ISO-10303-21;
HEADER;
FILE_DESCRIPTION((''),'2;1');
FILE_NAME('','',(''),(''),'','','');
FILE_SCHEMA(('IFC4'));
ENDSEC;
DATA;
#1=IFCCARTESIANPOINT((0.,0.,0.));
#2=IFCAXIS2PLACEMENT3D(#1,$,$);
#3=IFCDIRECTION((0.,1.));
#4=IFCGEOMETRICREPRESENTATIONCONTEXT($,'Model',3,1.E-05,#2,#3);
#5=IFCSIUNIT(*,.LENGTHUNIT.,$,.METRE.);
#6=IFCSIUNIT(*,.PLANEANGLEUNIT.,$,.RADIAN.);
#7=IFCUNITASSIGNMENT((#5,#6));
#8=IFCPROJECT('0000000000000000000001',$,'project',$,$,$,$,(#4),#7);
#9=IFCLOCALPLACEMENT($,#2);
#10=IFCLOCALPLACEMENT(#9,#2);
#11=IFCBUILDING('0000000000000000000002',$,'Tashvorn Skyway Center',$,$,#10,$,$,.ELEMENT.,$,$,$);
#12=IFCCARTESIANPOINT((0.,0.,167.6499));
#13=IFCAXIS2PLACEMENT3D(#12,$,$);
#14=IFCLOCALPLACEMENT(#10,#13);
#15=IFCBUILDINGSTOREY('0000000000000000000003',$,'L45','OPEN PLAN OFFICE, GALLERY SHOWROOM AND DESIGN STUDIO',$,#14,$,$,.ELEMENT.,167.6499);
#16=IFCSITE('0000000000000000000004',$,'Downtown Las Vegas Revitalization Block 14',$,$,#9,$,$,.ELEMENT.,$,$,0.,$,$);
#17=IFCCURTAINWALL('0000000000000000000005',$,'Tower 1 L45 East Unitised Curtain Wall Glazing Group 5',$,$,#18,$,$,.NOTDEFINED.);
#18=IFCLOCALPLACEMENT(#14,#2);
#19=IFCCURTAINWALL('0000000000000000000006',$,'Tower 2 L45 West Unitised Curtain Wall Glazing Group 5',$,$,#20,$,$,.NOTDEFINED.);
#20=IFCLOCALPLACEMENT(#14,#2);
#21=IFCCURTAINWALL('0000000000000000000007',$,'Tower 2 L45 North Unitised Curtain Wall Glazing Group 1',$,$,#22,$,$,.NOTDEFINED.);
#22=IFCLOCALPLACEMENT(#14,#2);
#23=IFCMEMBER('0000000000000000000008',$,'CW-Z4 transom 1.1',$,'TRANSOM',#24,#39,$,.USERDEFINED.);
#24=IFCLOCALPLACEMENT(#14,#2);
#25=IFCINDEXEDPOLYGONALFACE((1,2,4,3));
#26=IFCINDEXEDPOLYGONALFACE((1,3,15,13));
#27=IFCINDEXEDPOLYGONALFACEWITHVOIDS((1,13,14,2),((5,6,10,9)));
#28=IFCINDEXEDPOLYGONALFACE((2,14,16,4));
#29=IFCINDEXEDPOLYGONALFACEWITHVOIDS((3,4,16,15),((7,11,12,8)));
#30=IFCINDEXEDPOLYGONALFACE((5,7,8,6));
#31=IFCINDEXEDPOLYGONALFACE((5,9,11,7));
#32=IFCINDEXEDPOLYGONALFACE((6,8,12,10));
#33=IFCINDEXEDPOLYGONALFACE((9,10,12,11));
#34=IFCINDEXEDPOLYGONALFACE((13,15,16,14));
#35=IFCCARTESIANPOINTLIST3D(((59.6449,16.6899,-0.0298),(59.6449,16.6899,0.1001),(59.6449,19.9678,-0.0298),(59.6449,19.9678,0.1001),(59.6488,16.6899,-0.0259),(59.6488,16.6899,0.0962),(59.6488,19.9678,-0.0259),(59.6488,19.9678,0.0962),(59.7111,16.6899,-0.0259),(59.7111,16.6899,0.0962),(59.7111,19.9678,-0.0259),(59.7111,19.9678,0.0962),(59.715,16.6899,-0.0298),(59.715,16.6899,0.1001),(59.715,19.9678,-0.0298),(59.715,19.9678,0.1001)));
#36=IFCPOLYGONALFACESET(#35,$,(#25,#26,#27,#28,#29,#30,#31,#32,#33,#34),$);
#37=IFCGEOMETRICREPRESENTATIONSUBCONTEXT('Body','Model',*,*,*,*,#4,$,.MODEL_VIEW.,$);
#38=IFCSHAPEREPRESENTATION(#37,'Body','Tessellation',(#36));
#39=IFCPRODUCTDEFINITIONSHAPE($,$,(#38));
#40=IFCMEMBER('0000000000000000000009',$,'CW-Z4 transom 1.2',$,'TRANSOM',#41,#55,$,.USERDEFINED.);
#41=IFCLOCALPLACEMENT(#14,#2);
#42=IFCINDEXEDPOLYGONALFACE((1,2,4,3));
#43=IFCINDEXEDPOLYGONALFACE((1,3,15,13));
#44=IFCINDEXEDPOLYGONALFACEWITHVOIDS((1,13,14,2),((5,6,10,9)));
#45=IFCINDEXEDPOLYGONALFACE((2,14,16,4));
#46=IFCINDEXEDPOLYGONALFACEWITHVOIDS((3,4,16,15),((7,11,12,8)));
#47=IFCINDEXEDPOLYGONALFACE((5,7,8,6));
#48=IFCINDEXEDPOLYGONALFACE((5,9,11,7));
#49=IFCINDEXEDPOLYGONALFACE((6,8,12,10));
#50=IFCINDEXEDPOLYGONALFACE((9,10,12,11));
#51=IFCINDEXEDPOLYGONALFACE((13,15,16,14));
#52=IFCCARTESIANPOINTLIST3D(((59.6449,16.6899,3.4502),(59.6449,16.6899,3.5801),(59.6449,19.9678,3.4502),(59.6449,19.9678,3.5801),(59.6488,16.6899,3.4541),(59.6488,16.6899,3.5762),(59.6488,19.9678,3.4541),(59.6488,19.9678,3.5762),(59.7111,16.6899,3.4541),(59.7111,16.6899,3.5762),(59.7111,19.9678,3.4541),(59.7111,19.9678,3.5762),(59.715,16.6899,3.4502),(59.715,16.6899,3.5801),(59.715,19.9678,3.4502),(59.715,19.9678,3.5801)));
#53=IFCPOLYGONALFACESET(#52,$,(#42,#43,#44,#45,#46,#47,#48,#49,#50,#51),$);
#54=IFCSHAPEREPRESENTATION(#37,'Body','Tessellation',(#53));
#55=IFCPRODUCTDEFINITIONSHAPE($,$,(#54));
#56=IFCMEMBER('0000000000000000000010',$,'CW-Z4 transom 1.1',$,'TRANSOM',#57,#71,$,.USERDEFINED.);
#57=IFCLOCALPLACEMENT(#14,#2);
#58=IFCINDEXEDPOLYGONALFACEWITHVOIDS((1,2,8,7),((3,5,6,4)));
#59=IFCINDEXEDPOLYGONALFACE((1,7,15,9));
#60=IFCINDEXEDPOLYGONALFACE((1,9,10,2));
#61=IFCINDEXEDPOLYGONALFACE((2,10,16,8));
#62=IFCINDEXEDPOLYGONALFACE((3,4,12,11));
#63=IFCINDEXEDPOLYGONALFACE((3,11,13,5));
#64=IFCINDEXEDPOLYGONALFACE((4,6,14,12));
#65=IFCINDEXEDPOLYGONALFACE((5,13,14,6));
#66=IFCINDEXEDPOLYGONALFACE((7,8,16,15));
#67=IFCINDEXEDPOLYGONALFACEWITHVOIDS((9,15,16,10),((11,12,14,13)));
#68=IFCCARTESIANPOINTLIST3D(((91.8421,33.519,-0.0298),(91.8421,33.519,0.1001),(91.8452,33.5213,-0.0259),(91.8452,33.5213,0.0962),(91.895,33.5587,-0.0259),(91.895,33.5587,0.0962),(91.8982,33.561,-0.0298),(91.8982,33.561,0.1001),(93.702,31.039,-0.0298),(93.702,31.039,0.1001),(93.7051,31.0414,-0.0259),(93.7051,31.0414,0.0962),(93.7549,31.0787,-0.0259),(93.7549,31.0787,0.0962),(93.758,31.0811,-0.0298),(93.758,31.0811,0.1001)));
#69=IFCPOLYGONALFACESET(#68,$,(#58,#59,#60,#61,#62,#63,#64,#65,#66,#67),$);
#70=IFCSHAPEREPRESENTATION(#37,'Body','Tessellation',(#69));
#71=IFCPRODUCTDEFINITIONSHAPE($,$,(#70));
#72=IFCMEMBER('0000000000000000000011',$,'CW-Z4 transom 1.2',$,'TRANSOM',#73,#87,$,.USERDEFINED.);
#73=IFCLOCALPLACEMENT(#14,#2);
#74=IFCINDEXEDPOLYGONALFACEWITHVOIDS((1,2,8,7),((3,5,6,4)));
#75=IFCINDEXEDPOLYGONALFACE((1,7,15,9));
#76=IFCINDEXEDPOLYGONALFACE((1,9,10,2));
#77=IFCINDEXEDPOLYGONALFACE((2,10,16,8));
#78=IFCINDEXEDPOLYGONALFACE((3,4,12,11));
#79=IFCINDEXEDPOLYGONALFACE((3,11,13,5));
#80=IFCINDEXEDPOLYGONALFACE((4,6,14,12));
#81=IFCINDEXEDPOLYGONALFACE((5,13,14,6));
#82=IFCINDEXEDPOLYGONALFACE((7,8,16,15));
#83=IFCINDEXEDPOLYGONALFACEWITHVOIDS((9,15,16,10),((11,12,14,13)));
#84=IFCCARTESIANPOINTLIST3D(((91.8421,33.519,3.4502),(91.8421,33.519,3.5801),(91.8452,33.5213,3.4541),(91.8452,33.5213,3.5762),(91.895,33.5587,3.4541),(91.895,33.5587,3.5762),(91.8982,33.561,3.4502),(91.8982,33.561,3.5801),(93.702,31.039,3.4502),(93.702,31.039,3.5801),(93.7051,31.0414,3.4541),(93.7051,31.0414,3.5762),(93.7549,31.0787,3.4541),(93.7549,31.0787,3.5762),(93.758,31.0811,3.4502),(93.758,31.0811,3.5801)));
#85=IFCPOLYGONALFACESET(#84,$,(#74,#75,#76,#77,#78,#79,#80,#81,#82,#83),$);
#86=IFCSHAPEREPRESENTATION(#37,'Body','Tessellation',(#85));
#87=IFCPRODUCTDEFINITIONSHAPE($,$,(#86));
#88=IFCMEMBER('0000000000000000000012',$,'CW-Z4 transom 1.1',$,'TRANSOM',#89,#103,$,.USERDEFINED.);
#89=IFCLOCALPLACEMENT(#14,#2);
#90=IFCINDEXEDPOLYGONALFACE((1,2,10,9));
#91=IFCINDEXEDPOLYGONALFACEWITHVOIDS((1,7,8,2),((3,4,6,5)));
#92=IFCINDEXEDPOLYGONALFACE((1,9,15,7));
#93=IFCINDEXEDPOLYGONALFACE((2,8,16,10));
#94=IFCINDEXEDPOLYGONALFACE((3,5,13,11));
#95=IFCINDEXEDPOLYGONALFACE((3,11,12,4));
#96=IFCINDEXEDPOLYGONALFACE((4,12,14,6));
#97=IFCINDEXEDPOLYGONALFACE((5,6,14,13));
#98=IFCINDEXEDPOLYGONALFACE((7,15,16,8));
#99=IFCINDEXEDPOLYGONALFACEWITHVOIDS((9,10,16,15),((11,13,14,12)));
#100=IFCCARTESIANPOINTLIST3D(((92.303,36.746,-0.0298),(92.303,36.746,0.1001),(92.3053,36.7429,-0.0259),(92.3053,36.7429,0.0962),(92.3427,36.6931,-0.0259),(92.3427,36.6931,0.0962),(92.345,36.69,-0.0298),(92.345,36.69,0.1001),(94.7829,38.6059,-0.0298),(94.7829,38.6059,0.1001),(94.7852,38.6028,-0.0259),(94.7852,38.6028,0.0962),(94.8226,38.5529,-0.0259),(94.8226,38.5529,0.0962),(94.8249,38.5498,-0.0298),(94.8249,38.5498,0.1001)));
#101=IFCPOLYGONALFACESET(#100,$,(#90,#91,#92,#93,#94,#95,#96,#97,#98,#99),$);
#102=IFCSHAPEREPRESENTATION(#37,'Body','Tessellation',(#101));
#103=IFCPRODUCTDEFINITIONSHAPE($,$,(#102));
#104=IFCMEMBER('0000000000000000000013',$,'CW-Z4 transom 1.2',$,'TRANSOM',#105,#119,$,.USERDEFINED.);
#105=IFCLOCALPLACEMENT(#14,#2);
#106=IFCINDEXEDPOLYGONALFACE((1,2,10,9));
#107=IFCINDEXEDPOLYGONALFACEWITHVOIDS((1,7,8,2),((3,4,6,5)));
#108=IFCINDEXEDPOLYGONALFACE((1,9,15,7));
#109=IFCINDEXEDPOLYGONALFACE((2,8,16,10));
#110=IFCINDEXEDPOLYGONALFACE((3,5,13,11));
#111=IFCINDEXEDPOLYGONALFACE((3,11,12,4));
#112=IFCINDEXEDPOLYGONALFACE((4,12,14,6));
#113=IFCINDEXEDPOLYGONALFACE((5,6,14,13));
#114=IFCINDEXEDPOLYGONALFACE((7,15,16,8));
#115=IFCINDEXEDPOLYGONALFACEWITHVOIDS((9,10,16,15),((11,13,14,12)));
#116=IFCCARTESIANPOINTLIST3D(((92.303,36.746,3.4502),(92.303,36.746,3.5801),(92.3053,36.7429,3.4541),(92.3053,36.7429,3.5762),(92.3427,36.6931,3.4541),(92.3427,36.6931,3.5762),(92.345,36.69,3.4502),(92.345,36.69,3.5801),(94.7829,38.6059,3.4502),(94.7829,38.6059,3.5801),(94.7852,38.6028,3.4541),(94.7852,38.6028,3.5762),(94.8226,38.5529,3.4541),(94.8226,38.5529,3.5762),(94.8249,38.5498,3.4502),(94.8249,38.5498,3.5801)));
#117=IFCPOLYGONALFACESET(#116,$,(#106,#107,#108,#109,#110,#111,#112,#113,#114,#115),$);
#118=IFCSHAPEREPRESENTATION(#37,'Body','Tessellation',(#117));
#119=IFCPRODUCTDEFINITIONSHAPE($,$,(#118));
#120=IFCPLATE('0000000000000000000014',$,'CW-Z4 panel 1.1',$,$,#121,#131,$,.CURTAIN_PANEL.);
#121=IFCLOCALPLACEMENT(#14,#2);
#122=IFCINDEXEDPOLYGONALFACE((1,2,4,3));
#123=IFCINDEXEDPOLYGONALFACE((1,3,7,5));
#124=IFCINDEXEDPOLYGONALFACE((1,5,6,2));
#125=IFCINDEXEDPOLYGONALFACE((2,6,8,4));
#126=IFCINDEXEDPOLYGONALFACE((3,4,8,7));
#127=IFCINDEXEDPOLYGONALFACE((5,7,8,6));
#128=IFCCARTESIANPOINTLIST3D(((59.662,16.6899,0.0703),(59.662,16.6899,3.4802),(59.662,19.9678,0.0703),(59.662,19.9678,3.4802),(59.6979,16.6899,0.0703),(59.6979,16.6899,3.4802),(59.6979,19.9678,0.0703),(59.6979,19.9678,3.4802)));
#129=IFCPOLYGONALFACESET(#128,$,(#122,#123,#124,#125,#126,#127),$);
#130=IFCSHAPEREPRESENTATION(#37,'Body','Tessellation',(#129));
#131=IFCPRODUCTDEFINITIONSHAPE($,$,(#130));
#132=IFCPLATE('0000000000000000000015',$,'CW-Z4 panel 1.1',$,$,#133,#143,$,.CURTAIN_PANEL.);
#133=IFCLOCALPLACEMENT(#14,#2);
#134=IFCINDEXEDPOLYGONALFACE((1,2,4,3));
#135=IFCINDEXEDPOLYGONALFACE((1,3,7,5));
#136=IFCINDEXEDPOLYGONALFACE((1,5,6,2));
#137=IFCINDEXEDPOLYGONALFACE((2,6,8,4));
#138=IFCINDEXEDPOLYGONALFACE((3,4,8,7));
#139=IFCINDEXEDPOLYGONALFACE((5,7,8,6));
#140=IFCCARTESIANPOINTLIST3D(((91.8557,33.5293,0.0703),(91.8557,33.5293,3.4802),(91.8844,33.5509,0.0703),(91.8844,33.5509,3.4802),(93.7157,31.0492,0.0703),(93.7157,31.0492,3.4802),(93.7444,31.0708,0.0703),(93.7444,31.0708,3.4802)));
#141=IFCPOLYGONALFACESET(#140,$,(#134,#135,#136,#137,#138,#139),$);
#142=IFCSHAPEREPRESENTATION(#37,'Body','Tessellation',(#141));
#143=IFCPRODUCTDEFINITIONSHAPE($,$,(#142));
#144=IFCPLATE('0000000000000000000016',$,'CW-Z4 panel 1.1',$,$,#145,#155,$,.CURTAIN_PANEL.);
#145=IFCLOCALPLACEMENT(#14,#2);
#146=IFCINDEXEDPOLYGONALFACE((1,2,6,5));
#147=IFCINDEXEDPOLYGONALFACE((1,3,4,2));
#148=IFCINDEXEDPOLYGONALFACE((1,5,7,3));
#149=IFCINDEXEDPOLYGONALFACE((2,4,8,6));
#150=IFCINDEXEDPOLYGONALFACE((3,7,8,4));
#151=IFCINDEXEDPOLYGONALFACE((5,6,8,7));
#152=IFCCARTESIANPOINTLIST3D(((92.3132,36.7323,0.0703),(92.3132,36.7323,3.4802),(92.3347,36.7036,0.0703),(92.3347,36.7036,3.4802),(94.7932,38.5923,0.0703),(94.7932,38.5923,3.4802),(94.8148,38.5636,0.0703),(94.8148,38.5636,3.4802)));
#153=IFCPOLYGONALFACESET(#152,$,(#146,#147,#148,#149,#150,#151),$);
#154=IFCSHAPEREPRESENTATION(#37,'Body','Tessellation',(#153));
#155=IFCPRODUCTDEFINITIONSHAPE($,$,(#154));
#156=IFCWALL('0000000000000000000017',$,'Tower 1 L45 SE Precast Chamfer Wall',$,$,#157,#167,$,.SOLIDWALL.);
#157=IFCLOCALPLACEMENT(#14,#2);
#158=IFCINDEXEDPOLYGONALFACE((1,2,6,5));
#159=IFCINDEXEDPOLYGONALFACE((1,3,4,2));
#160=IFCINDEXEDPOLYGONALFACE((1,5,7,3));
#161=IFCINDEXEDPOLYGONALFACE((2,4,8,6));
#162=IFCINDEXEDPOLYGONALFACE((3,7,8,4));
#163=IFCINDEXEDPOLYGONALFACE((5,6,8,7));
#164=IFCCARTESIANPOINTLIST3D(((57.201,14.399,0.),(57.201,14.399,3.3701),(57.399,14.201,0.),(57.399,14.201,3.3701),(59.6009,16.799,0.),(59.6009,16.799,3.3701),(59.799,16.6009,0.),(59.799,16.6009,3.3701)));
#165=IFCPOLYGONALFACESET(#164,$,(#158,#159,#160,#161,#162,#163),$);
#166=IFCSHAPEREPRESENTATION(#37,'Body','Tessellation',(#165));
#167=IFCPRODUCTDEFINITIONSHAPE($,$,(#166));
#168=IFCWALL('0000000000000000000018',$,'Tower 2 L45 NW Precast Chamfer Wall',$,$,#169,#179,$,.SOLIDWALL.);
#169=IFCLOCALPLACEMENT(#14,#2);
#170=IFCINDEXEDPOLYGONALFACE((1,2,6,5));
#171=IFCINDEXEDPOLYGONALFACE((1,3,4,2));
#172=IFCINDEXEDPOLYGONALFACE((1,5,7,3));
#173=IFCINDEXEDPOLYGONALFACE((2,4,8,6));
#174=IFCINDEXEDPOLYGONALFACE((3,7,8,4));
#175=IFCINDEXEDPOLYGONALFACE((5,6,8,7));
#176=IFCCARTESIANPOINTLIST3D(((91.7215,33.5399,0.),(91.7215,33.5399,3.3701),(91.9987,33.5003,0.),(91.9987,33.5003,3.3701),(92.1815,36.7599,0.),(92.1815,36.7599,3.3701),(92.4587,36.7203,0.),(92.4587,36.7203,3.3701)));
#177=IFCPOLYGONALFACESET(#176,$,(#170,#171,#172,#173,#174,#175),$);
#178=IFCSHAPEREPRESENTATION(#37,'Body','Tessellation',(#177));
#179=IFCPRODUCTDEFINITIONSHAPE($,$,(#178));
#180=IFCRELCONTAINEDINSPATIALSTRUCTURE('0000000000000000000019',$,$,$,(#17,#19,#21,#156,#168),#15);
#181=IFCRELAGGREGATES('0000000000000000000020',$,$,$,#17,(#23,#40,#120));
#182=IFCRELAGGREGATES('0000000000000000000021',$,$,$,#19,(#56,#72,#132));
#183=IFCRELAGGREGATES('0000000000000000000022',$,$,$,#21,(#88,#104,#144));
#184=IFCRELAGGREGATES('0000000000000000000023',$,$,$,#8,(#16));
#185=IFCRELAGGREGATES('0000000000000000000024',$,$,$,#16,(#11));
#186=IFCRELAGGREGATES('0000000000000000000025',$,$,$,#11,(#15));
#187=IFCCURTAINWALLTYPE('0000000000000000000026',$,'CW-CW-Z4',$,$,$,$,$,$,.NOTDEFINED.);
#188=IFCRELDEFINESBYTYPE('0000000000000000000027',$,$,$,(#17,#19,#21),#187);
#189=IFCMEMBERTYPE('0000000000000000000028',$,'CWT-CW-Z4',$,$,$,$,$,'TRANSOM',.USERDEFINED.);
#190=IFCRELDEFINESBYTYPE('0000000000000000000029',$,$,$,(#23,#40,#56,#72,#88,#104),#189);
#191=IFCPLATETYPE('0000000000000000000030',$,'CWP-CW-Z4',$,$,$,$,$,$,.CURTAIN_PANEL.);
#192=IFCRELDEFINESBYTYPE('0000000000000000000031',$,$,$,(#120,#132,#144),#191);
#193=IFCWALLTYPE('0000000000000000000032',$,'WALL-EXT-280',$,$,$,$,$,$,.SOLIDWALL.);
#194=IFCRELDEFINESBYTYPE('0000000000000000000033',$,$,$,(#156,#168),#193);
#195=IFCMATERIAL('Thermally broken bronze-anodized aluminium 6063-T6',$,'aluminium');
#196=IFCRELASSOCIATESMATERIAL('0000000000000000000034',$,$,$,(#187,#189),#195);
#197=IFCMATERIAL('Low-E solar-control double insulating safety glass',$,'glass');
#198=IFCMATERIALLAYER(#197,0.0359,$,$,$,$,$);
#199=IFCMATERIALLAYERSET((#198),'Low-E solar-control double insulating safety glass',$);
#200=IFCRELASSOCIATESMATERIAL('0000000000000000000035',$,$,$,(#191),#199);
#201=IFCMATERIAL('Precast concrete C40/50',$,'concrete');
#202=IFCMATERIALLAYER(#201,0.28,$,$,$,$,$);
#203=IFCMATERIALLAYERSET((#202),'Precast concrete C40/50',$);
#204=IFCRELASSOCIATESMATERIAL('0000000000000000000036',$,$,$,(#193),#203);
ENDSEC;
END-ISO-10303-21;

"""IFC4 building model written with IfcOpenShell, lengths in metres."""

from ifc_helpers import new_model, si_unit, direction, frame, frame_2d, origin, origin_2d, place, context, subcontext, project, spatial, rectangle, hollow_rectangle, extrude, material, layer, layer_set, material_profile, profile_set, type_object, element, aggregate, save


model = new_model("IFC4")

# Units and contexts
model_context = context("Model", 3, precision=1e-05, world=origin(), true_north=direction((0.0, 1.0)))
body_context = subcontext(model_context, "Body", "Model", "MODEL_VIEW")
ifc_project = project(units=[si_unit("LENGTHUNIT", "METRE"), si_unit("PLANEANGLEUNIT", "RADIAN")], contexts=[model_context])

# Site, building, storey
site_placement = place(None, origin())
site = spatial("IfcSite", under=ifc_project, at=site_placement, Name="Downtown Las Vegas Revitalization Block 14", CompositionType="ELEMENT", RefElevation=0.0)
building_placement = place(site_placement, origin())
building = spatial("IfcBuilding", under=site, at=building_placement, Name="Tashvorn Skyway Center", CompositionType="ELEMENT")
storey_placement = place(building_placement, frame((0.0, 0.0, 167.6499)))
storey = spatial("IfcBuildingStorey", under=building, at=storey_placement, Name="L45", Description="OPEN PLAN OFFICE, GALLERY SHOWROOM AND DESIGN STUDIO", CompositionType="ELEMENT", Elevation=167.6499)

# Curtain wall
ifc_material_1 = material(Name="Thermally broken bronze-anodized aluminium 6063-T6", Category="aluminium")
curtain_wall_type = type_object("IfcCurtainWallType", Name="CW-CW-Z4", PredefinedType="NOTDEFINED", material=ifc_material_1)
curtain_wall_1_placement = place(storey_placement, origin())
curtain_wall_1 = element("IfcCurtainWall", 1, at=curtain_wall_1_placement, inside=storey, type_object=curtain_wall_type, Name="Tower 1 L45 East Unitised Curtain Wall Glazing Group 5", PredefinedType="NOTDEFINED")

# Curtain walls
curtain_wall_2_placement = place(storey_placement, origin())
curtain_wall_2 = element("IfcCurtainWall", 2, at=curtain_wall_2_placement, inside=storey, type_object=curtain_wall_type, Name="Tower 2 L45 West Unitised Curtain Wall Glazing Group 5", PredefinedType="NOTDEFINED")
curtain_wall_3_placement = place(storey_placement, origin())
curtain_wall_3 = element("IfcCurtainWall", 3, at=curtain_wall_3_placement, inside=storey, type_object=curtain_wall_type, Name="Tower 2 L45 North Unitised Curtain Wall Glazing Group 1", PredefinedType="NOTDEFINED")

# Members
ifc_material_profile_1 = material_profile(ifc_material_1, hollow_rectangle(XDim=0.0701, YDim=0.1299, WallThickness=0.0039, at=origin_2d()), Name="ALU-TRAN-70x130")
ifc_profile_set_1 = profile_set([ifc_material_profile_1], Name="Thermally broken bronze-anodized aluminium 6063-T6")
member_type_1 = type_object("IfcMemberType", Name="CWT-CW-Z4", ElementType="TRANSOM", PredefinedType="USERDEFINED", material=ifc_profile_set_1)
member_1_placement = place(storey_placement, frame((59.6799, 19.9678, 0.0352), z_axis=(0.0, -1.0, 0.0), x_axis=(1.0, 0.0, 0.0)))
member_1 = element("IfcMember", 4, at=member_1_placement, type_object=member_type_1, Name="CW-Z4 transom 1.1", ObjectType="TRANSOM", PredefinedType="USERDEFINED", context=body_context, shape_type="SweptSolid", body=[
    extrude(hollow_rectangle(XDim=0.0701, YDim=0.1299, WallThickness=0.0039, at=origin_2d()), origin(), (0.0, 0.0, 1.0), 3.2778),
])
member_2_placement = place(storey_placement, frame((59.6799, 19.9678, 3.5151), z_axis=(0.0, -1.0, 0.0), x_axis=(1.0, 0.0, 0.0)))
member_2 = element("IfcMember", 5, at=member_2_placement, type_object=member_type_1, Name="CW-Z4 transom 1.2", ObjectType="TRANSOM", PredefinedType="USERDEFINED", context=body_context, shape_type="SweptSolid", body=[
    extrude(hollow_rectangle(XDim=0.0701, YDim=0.1299, WallThickness=0.0039, at=origin_2d()), origin(), (0.0, 0.0, 1.0), 3.2778),
])
member_3_placement = place(storey_placement, frame((93.73, 31.0601, 0.0352), z_axis=(-0.599975, 0.800019, 0.0), x_axis=(-0.800019, -0.599975, 0.0)))
member_3 = element("IfcMember", 6, at=member_3_placement, type_object=member_type_1, Name="CW-Z4 transom 1.1", ObjectType="TRANSOM", PredefinedType="USERDEFINED", context=body_context, shape_type="SweptSolid", body=[
    extrude(hollow_rectangle(XDim=0.0701, YDim=0.1299, WallThickness=0.0039, at=origin_2d()), origin(), (0.0, 0.0, 1.0), 3.0999),
])
member_4_placement = place(storey_placement, frame((93.73, 31.0601, 3.5151), z_axis=(-0.599975, 0.800019, 0.0), x_axis=(-0.800019, -0.599975, 0.0)))
member_4 = element("IfcMember", 7, at=member_4_placement, type_object=member_type_1, Name="CW-Z4 transom 1.2", ObjectType="TRANSOM", PredefinedType="USERDEFINED", context=body_context, shape_type="SweptSolid", body=[
    extrude(hollow_rectangle(XDim=0.0701, YDim=0.1299, WallThickness=0.0039, at=origin_2d()), origin(), (0.0, 0.0, 1.0), 3.0999),
])
member_5_placement = place(storey_placement, frame((92.324, 36.718, 0.0352), z_axis=(0.800019, 0.599975, 0.0), x_axis=(-0.599975, 0.800019, 0.0)))
member_5 = element("IfcMember", 8, at=member_5_placement, type_object=member_type_1, Name="CW-Z4 transom 1.1", ObjectType="TRANSOM", PredefinedType="USERDEFINED", context=body_context, shape_type="SweptSolid", body=[
    extrude(hollow_rectangle(XDim=0.0701, YDim=0.1299, WallThickness=0.0039, at=origin_2d()), origin(), (0.0, 0.0, 1.0), 3.0999),
])
member_6_placement = place(storey_placement, frame((92.324, 36.718, 3.5151), z_axis=(0.800019, 0.599975, 0.0), x_axis=(-0.599975, 0.800019, 0.0)))
member_6 = element("IfcMember", 9, at=member_6_placement, type_object=member_type_1, Name="CW-Z4 transom 1.2", ObjectType="TRANSOM", PredefinedType="USERDEFINED", context=body_context, shape_type="SweptSolid", body=[
    extrude(hollow_rectangle(XDim=0.0701, YDim=0.1299, WallThickness=0.0039, at=origin_2d()), origin(), (0.0, 0.0, 1.0), 3.0999),
])

# Plates
ifc_material_2 = material(Name="Low-E solar-control double insulating safety glass", Category="glass")
ifc_layer_1 = layer(ifc_material_2, 0.0359)
ifc_layer_set_1 = layer_set([ifc_layer_1], Name="Low-E solar-control double insulating safety glass")
plate_type = type_object("IfcPlateType", Name="CWP-CW-Z4", PredefinedType="CURTAIN_PANEL", material=ifc_layer_set_1)
plate_1_placement = place(storey_placement, frame((59.6799, 18.3289, 0.0703), z_axis=(0.0, 0.0, 1.0), x_axis=(0.0, -1.0, 0.0)))
plate_1 = element("IfcPlate", 10, at=plate_1_placement, type_object=plate_type, Name="CW-Z4 panel 1.1", PredefinedType="CURTAIN_PANEL", context=body_context, shape_type="SweptSolid", body=[
    extrude(rectangle(XDim=3.2778, YDim=0.0359, at=origin_2d()), origin(), (0.0, 0.0, 1.0), 3.4099),
])
aggregate(curtain_wall_1, [member_1, member_2, plate_1])
plate_2_placement = place(storey_placement, frame((92.8, 32.3, 0.0703), z_axis=(0.0, 0.0, 1.0), x_axis=(-0.6, 0.8, 0.0)))
plate_2 = element("IfcPlate", 11, at=plate_2_placement, type_object=plate_type, Name="CW-Z4 panel 1.1", PredefinedType="CURTAIN_PANEL", context=body_context, shape_type="SweptSolid", body=[
    extrude(rectangle(XDim=3.1001, YDim=0.0359, at=origin_2d()), origin(), (0.0, 0.0, 1.0), 3.4099),
])
aggregate(curtain_wall_2, [member_3, member_4, plate_2])
plate_3_placement = place(storey_placement, frame((93.564, 37.6479, 0.0703), z_axis=(0.0, 0.0, 1.0), x_axis=(0.8, 0.6, 0.0)))
plate_3 = element("IfcPlate", 12, at=plate_3_placement, type_object=plate_type, Name="CW-Z4 panel 1.1", PredefinedType="CURTAIN_PANEL", context=body_context, shape_type="SweptSolid", body=[
    extrude(rectangle(XDim=3.1001, YDim=0.0359, at=origin_2d()), origin(), (0.0, 0.0, 1.0), 3.4099),
])
aggregate(curtain_wall_3, [member_5, member_6, plate_3])

# Walls
ifc_material_3 = material(Name="Precast concrete C40/50", Category="concrete")
ifc_layer_2 = layer(ifc_material_3, 0.28)
ifc_layer_set_2 = layer_set([ifc_layer_2], Name="Precast concrete C40/50")
wall_type_1 = type_object("IfcWallType", Name="WALL-EXT-280", PredefinedType="SOLIDWALL", material=ifc_layer_set_2)
wall_1_placement = place(storey_placement, frame((59.7, 16.7, 0.0), z_axis=(0.0, 0.0, 1.0), x_axis=(-0.707107, -0.707107, 0.0)))
element("IfcWall", 13, at=wall_1_placement, inside=storey, type_object=wall_type_1, Name="Tower 1 L45 SE Precast Chamfer Wall", PredefinedType="SOLIDWALL", context=body_context, shape_type="SweptSolid", body=[
    extrude(rectangle(XDim=3.394, YDim=0.28, at=frame_2d((1.697, 0.0))), origin(), (0.0, 0.0, 1.0), 3.3701),
])
wall_2_placement = place(storey_placement, frame((91.8601, 33.52, 0.0), z_axis=(0.0, 0.0, 1.0), x_axis=(0.141411, 0.989951, 0.0)))
element("IfcWall", 14, at=wall_2_placement, inside=storey, type_object=wall_type_1, Name="Tower 2 L45 NW Precast Chamfer Wall", PredefinedType="SOLIDWALL", context=body_context, shape_type="SweptSolid", body=[
    extrude(rectangle(XDim=3.2527, YDim=0.28, at=frame_2d((1.6265, 0.0))), origin(), (0.0, 0.0, 1.0), 3.3701),
])

save(model, "model.ifc")
